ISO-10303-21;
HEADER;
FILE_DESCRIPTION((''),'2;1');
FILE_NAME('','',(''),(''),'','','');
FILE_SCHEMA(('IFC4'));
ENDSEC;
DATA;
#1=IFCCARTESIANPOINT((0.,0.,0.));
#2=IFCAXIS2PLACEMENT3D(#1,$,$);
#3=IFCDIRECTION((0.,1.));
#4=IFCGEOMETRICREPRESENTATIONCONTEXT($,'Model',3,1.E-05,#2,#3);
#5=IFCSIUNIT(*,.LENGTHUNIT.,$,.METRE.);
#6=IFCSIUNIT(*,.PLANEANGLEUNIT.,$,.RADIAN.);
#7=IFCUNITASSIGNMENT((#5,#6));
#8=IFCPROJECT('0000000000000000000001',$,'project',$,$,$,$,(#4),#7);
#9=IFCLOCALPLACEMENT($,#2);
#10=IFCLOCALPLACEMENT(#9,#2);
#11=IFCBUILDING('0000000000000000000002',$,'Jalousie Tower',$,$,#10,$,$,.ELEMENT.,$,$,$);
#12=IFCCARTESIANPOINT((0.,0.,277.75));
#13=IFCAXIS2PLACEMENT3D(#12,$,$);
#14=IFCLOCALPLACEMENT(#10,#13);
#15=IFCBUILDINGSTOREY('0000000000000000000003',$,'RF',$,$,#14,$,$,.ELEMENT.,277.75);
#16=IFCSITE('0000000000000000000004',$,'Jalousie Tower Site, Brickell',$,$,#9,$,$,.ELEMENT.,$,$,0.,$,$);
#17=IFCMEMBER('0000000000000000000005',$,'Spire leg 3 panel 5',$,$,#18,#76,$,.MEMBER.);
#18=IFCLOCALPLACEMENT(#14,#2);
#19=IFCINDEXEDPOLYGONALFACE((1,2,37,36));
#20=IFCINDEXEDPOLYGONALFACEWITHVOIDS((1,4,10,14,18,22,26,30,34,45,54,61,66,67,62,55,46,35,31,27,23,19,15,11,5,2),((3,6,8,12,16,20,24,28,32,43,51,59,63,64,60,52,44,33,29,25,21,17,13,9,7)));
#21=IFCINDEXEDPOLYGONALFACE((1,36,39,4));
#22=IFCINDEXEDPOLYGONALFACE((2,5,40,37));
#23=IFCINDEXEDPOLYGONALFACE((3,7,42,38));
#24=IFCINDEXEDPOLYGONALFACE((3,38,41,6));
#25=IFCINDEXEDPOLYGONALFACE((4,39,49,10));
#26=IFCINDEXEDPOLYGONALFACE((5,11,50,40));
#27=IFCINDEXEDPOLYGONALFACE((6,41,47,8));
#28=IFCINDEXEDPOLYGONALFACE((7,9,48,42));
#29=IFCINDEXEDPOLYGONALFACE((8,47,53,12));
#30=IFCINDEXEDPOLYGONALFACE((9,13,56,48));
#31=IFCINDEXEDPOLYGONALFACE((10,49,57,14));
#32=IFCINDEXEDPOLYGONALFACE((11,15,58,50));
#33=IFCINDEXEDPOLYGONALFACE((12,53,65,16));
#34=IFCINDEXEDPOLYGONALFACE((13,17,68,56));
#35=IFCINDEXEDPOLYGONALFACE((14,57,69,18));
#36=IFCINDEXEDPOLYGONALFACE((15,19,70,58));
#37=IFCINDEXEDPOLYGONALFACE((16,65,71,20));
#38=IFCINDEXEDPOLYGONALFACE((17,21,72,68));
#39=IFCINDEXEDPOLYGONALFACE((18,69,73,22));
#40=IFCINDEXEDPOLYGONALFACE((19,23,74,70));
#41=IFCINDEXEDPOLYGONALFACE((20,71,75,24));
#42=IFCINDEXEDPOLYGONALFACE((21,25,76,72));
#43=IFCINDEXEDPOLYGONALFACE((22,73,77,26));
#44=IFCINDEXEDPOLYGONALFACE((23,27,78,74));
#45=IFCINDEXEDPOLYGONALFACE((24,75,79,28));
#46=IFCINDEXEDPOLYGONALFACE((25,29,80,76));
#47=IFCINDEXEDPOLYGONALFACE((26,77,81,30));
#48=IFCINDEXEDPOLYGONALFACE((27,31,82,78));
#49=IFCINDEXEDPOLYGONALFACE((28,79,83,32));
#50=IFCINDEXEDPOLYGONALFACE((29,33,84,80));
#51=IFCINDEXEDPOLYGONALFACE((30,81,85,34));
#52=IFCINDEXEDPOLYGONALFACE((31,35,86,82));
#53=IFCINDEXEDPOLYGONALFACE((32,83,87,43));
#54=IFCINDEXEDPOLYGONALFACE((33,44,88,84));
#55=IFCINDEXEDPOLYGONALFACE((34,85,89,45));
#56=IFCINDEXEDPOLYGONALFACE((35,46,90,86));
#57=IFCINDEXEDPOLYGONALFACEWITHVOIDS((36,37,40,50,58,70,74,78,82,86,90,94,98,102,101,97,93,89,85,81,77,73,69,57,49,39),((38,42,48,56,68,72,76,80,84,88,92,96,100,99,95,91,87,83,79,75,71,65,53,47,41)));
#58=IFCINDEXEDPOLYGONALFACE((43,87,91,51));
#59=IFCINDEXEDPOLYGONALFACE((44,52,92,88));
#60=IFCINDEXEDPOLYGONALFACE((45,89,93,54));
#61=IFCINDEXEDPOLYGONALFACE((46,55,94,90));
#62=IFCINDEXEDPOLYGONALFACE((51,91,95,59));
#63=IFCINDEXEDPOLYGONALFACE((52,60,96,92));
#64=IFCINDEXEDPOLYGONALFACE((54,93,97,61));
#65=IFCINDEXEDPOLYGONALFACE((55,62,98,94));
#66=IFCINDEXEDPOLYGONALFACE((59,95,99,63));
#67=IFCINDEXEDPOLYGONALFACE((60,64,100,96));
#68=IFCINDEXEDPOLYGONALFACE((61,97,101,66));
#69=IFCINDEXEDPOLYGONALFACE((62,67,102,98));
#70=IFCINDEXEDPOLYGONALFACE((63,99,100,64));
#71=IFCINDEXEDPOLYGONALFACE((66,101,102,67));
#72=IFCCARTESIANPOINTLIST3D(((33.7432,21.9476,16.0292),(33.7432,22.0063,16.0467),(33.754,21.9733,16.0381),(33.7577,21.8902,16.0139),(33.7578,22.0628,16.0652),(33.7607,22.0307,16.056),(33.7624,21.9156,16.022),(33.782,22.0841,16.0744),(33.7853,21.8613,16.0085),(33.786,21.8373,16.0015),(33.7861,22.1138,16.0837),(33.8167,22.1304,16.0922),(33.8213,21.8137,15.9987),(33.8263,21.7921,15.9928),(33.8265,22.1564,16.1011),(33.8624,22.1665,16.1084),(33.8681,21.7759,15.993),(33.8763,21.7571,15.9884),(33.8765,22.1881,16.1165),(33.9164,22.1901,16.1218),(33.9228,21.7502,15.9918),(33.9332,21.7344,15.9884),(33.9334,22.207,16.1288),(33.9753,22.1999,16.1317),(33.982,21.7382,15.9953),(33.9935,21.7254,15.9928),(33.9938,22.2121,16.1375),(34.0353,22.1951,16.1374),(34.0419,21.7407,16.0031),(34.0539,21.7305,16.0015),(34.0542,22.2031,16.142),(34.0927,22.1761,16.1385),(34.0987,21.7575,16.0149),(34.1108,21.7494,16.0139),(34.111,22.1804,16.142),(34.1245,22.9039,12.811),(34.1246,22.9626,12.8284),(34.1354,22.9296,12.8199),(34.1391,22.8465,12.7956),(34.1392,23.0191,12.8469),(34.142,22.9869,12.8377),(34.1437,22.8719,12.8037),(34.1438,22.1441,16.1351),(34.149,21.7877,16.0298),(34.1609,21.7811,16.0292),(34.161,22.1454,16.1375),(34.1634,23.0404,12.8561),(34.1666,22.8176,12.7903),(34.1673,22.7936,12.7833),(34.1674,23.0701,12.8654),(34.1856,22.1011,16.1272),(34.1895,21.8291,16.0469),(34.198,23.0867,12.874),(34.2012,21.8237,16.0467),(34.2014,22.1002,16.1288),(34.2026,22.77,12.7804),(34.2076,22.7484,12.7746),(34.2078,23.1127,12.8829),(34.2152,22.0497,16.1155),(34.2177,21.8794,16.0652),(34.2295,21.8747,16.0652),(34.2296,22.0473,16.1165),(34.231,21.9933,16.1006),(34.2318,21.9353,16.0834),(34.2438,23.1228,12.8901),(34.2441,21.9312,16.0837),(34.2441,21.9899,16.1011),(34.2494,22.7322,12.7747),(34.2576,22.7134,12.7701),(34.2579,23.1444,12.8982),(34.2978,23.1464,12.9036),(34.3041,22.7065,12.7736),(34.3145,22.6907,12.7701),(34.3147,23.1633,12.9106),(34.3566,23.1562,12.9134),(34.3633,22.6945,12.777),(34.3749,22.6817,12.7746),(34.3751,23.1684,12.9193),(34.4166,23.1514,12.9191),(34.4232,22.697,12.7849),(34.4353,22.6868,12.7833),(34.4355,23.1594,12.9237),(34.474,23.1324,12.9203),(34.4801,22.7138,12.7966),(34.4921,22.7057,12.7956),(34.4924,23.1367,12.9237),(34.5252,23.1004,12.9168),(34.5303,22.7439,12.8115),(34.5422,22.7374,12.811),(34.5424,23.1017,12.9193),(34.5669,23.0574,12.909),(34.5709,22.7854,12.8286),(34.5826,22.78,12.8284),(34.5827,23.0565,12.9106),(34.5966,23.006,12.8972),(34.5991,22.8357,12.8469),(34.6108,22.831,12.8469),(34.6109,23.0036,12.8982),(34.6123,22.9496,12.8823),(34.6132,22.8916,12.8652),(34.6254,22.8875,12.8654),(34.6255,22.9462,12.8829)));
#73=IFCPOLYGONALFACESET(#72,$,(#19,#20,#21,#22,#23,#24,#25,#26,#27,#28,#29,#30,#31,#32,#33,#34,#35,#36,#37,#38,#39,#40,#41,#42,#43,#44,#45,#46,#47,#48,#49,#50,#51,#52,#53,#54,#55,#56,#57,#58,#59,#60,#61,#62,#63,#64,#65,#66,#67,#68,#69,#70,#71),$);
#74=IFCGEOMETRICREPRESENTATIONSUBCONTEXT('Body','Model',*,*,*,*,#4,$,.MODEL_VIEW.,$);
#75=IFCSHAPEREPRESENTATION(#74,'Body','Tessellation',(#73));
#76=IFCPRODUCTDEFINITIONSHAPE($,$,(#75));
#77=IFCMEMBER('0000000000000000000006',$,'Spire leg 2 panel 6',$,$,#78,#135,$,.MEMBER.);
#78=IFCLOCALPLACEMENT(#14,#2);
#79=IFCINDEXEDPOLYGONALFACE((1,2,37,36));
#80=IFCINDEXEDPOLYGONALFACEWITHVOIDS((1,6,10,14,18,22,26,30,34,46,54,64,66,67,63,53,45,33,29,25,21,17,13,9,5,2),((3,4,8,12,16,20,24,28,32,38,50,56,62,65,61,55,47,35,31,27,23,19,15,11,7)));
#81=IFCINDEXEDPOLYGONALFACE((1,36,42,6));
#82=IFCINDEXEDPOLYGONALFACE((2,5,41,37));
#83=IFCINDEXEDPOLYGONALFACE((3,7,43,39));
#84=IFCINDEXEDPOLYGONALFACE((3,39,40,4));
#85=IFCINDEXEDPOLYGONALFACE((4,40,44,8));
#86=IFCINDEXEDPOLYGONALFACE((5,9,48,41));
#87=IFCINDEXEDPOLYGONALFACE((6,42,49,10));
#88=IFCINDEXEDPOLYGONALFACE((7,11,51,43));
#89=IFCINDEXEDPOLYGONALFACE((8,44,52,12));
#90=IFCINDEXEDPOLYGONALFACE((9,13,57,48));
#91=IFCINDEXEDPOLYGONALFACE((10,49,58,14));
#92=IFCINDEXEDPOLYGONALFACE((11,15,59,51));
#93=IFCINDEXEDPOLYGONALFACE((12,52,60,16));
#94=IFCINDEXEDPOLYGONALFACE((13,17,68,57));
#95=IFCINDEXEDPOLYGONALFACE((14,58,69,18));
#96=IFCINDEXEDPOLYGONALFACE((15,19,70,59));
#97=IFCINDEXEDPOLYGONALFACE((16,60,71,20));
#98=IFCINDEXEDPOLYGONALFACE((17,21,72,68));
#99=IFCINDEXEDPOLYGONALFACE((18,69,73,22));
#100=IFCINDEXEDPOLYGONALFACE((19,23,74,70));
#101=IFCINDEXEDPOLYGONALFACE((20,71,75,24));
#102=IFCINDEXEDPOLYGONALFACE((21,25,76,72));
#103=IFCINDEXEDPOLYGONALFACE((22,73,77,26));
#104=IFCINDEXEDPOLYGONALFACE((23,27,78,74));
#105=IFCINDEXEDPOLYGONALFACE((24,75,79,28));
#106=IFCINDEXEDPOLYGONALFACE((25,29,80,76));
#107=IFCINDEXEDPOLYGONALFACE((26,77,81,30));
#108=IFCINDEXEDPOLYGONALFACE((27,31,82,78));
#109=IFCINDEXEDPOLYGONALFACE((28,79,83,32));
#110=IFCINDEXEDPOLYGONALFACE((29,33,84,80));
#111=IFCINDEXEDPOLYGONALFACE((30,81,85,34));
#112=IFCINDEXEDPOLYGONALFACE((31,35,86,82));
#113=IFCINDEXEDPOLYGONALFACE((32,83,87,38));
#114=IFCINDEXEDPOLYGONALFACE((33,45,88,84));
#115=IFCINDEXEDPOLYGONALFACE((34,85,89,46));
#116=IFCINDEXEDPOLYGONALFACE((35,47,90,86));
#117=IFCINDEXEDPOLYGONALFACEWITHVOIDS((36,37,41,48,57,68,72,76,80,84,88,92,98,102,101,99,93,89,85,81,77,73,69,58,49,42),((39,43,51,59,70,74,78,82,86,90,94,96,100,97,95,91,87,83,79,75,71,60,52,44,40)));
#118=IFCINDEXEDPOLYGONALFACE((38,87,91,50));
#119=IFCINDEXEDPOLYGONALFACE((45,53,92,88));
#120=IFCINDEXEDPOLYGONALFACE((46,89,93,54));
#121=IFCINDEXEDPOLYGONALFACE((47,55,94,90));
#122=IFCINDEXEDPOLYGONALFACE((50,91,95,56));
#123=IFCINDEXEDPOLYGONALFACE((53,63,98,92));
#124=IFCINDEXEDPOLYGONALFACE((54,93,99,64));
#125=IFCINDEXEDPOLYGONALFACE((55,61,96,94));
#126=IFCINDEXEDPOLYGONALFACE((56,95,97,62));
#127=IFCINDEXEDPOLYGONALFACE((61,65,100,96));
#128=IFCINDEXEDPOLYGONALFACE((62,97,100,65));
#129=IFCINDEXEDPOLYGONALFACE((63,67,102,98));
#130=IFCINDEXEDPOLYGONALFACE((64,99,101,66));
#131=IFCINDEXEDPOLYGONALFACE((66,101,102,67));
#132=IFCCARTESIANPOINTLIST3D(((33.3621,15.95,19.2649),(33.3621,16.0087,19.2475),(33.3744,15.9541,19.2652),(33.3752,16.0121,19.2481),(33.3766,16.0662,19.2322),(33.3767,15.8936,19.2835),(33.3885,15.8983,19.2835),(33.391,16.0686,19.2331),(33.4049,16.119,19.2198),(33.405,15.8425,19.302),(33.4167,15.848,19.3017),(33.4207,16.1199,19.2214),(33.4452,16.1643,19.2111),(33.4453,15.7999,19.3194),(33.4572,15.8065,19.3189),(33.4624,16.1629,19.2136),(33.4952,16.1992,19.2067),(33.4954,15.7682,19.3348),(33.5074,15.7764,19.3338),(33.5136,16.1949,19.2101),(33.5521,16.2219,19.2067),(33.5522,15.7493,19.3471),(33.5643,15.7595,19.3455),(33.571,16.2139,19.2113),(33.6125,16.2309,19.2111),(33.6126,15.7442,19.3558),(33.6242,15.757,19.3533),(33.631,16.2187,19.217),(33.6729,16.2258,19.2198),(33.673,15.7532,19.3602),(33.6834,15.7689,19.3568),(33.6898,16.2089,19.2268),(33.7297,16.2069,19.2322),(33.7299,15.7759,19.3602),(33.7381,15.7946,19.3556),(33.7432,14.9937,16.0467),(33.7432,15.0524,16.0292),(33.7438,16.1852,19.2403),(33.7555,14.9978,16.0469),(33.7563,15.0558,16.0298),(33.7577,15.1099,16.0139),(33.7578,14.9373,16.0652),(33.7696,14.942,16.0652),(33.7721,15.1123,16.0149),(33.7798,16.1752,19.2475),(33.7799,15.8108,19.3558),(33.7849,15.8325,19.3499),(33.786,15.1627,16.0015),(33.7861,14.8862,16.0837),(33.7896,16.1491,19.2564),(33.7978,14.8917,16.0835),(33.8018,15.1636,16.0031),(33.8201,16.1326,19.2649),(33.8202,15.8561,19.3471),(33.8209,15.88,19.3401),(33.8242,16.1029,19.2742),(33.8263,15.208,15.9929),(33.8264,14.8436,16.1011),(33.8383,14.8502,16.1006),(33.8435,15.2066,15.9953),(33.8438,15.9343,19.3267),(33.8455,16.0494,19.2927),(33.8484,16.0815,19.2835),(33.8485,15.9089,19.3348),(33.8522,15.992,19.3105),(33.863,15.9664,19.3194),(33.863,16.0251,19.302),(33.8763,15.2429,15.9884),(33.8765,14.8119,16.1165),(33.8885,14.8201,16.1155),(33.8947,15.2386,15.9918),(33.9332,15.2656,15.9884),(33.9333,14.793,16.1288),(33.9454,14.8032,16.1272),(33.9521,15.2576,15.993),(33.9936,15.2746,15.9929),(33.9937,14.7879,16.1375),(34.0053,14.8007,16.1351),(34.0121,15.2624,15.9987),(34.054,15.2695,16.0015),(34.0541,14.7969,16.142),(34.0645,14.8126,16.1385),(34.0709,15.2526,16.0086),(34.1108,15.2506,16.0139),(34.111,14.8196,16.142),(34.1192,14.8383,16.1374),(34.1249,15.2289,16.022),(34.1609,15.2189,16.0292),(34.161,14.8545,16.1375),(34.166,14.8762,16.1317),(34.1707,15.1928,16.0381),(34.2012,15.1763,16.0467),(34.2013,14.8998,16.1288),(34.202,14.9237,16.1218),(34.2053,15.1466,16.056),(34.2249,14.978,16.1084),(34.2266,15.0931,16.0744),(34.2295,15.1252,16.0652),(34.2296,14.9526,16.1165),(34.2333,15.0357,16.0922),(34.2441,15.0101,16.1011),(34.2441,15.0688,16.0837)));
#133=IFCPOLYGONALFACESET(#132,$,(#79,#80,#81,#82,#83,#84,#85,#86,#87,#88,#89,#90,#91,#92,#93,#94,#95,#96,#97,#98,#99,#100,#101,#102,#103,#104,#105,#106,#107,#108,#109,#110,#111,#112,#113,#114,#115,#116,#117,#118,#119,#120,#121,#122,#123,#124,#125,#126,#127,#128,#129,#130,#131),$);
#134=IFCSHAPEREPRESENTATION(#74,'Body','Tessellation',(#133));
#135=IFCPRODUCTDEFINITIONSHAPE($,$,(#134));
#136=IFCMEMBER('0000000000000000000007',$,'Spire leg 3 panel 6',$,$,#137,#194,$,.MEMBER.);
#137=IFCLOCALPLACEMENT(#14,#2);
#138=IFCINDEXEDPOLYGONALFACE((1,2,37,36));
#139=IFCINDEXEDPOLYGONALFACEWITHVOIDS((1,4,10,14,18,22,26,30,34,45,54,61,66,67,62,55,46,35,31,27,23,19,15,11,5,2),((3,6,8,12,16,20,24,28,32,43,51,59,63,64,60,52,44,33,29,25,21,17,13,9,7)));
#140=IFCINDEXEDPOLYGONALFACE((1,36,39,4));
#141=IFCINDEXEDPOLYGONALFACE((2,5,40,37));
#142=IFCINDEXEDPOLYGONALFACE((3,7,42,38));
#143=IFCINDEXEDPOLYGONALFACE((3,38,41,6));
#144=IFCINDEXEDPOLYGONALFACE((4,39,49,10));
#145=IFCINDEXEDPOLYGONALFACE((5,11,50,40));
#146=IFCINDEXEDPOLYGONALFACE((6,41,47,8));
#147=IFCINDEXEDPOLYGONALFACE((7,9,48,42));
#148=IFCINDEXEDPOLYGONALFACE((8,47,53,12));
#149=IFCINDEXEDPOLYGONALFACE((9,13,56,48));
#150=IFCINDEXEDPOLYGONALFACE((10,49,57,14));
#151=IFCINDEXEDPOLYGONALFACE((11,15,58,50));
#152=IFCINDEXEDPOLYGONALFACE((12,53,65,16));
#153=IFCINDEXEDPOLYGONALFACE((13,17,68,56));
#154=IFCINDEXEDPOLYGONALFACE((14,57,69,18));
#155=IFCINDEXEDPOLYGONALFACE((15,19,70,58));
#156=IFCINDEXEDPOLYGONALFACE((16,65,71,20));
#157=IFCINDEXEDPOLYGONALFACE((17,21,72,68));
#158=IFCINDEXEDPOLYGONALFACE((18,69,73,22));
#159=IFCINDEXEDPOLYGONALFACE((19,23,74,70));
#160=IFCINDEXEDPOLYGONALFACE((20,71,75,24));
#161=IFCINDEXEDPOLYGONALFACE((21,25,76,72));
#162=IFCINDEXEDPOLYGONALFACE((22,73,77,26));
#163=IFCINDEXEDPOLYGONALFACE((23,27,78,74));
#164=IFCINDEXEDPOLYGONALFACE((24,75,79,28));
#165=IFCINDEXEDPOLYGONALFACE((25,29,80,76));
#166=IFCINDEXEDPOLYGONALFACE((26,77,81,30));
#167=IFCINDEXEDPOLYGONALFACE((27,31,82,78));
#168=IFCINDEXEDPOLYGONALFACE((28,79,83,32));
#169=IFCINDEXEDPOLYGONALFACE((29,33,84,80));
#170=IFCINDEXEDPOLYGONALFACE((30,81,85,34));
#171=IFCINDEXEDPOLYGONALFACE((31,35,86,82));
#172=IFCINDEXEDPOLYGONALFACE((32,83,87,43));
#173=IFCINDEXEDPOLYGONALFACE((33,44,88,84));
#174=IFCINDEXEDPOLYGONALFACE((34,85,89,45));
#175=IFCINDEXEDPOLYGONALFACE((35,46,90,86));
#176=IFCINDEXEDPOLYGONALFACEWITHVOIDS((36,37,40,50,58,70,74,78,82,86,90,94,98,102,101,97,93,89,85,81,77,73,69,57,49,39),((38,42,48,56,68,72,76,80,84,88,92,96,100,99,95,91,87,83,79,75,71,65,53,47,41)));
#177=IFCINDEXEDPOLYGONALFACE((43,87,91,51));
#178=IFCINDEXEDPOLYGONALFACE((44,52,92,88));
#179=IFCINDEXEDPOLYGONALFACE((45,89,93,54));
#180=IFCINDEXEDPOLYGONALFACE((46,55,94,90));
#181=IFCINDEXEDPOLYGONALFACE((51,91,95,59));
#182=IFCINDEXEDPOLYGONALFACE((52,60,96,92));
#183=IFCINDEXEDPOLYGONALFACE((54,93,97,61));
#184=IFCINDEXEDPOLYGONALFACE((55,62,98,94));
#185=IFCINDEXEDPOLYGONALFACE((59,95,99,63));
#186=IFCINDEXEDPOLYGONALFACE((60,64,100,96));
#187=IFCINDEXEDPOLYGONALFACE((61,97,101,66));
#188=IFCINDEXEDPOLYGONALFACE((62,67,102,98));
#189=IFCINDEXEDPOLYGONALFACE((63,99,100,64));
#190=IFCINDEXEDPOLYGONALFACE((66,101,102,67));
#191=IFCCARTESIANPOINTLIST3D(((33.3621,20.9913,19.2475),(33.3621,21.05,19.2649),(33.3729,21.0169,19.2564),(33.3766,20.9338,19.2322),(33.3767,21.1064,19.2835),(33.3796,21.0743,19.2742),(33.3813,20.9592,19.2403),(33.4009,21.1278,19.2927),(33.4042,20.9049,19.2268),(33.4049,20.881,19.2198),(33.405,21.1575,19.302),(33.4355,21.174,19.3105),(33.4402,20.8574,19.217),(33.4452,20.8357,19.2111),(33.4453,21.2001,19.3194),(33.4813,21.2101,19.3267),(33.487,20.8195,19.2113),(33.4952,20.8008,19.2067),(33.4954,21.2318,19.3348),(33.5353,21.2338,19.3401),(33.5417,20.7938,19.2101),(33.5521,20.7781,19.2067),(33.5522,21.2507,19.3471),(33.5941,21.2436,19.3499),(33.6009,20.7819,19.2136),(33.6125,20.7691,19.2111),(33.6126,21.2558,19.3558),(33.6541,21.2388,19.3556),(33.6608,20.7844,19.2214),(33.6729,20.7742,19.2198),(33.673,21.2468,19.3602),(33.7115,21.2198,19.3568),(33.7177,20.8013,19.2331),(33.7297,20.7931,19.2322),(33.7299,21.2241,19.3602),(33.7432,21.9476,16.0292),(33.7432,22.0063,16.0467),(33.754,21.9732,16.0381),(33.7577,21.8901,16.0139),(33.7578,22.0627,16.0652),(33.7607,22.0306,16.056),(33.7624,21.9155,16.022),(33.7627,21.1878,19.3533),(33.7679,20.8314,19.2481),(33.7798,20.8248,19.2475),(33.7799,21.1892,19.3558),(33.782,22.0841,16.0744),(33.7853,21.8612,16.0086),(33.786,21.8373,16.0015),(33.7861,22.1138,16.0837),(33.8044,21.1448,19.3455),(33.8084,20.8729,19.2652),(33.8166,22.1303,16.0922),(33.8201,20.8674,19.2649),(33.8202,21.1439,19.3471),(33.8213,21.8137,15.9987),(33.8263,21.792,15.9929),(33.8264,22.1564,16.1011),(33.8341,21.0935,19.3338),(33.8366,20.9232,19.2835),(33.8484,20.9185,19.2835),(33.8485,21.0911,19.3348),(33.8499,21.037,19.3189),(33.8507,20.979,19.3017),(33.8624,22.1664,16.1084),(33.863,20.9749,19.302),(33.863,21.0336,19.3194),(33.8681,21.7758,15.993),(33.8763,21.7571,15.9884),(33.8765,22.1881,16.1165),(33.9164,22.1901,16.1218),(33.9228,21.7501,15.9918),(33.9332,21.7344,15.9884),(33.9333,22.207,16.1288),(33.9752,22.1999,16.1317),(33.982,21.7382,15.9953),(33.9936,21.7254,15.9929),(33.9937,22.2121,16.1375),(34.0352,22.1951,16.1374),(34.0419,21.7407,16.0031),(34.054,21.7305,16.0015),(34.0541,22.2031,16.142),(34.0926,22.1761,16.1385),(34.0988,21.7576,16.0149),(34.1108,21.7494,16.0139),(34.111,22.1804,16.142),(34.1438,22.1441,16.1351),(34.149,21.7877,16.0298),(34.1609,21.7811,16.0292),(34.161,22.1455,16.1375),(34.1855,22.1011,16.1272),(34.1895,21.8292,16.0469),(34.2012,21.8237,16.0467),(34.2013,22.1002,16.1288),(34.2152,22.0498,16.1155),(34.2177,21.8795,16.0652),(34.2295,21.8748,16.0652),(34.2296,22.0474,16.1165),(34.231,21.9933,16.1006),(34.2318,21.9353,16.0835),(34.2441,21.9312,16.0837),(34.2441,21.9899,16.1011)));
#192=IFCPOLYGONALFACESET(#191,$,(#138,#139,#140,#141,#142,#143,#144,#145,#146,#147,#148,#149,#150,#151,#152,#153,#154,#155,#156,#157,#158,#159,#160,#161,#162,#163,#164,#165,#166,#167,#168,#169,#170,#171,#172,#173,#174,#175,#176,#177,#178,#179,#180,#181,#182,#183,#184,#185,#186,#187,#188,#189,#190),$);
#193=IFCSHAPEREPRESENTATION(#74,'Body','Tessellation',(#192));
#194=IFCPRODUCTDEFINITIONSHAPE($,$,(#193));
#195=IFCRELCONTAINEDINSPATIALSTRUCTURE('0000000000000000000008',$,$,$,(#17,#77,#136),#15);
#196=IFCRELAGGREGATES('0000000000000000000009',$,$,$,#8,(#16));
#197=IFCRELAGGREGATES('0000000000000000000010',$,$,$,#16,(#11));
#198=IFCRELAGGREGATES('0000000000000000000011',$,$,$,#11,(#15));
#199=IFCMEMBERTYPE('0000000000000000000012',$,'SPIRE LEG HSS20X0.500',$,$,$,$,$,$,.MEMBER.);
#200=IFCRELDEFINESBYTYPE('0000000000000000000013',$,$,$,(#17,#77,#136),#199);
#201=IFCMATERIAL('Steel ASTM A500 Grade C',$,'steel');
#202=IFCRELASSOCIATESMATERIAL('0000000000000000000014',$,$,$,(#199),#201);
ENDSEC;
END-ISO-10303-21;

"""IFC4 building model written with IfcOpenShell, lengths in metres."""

from ifc_helpers import new_model, si_unit, direction, frame, origin, origin_2d, place, context, subcontext, project, spatial, hollow_circle, extrude, material, material_profile, profile_set, type_object, element, save


model = new_model("IFC4")

# Units and contexts
model_context = context("Model", 3, precision=1e-05, world=origin(), true_north=direction((0.0, 1.0)))
body_context = subcontext(model_context, "Body", "Model", "MODEL_VIEW")
ifc_project = project(units=[si_unit("LENGTHUNIT", "METRE"), si_unit("PLANEANGLEUNIT", "RADIAN")], contexts=[model_context])

# Site, building, storey
site_placement = place(None, origin())
site = spatial("IfcSite", under=ifc_project, at=site_placement, Name="Jalousie Tower Site, Brickell", CompositionType="ELEMENT", RefElevation=0.0)
building_placement = place(site_placement, origin())
building = spatial("IfcBuilding", under=site, at=building_placement, Name="Jalousie Tower", CompositionType="ELEMENT")
storey_placement = place(building_placement, frame((0.0, 0.0, 277.75)))
storey = spatial("IfcBuildingStorey", under=building, at=storey_placement, Name="RF", CompositionType="ELEMENT", Elevation=277.75)

# Members
ifc_material_1 = material(Name="Steel ASTM A500 Grade C", Category="steel")
ifc_material_profile_1 = material_profile(ifc_material_1, hollow_circle(Radius=0.2539, WallThickness=0.0127, at=origin_2d()), Name="HSS20X0.500")
ifc_profile_set_1 = profile_set([ifc_material_profile_1], Name="Steel ASTM A500 Grade C")
member_type_1 = type_object("IfcMemberType", Name="SPIRE LEG HSS20X0.500", PredefinedType="MEMBER", material=ifc_profile_set_1)
for number, where, z_axis, x_axis, name in (
    (1, (34.375, 22.925, 12.8469), (-0.112861, -0.283019, 0.952451), (0.928869, -0.370409, 0.0), "Spire leg 3 panel 5"),
    (2, (33.9937, 15.0312, 16.0652), (-0.112789, 0.283021, 0.952459), (-0.92895, -0.370205, 0.0), "Spire leg 2 panel 6"),
    (3, (33.9937, 21.9688, 16.0652), (-0.112789, -0.283021, 0.952459), (0.92895, -0.370205, 0.0), "Spire leg 3 panel 6"),
):
    element("IfcMember", number, at=place(storey_placement, frame(where, z_axis=z_axis, x_axis=x_axis)), inside=storey, type_object=member_type_1, Name=name, PredefinedType="MEMBER", context=body_context, shape_type="SweptSolid", body=[
        extrude(hollow_circle(Radius=0.2539, WallThickness=0.0127, at=origin_2d()), origin(), (0.0, 0.0, 1.0), 3.3789),
    ])

save(model, "model.ifc")
